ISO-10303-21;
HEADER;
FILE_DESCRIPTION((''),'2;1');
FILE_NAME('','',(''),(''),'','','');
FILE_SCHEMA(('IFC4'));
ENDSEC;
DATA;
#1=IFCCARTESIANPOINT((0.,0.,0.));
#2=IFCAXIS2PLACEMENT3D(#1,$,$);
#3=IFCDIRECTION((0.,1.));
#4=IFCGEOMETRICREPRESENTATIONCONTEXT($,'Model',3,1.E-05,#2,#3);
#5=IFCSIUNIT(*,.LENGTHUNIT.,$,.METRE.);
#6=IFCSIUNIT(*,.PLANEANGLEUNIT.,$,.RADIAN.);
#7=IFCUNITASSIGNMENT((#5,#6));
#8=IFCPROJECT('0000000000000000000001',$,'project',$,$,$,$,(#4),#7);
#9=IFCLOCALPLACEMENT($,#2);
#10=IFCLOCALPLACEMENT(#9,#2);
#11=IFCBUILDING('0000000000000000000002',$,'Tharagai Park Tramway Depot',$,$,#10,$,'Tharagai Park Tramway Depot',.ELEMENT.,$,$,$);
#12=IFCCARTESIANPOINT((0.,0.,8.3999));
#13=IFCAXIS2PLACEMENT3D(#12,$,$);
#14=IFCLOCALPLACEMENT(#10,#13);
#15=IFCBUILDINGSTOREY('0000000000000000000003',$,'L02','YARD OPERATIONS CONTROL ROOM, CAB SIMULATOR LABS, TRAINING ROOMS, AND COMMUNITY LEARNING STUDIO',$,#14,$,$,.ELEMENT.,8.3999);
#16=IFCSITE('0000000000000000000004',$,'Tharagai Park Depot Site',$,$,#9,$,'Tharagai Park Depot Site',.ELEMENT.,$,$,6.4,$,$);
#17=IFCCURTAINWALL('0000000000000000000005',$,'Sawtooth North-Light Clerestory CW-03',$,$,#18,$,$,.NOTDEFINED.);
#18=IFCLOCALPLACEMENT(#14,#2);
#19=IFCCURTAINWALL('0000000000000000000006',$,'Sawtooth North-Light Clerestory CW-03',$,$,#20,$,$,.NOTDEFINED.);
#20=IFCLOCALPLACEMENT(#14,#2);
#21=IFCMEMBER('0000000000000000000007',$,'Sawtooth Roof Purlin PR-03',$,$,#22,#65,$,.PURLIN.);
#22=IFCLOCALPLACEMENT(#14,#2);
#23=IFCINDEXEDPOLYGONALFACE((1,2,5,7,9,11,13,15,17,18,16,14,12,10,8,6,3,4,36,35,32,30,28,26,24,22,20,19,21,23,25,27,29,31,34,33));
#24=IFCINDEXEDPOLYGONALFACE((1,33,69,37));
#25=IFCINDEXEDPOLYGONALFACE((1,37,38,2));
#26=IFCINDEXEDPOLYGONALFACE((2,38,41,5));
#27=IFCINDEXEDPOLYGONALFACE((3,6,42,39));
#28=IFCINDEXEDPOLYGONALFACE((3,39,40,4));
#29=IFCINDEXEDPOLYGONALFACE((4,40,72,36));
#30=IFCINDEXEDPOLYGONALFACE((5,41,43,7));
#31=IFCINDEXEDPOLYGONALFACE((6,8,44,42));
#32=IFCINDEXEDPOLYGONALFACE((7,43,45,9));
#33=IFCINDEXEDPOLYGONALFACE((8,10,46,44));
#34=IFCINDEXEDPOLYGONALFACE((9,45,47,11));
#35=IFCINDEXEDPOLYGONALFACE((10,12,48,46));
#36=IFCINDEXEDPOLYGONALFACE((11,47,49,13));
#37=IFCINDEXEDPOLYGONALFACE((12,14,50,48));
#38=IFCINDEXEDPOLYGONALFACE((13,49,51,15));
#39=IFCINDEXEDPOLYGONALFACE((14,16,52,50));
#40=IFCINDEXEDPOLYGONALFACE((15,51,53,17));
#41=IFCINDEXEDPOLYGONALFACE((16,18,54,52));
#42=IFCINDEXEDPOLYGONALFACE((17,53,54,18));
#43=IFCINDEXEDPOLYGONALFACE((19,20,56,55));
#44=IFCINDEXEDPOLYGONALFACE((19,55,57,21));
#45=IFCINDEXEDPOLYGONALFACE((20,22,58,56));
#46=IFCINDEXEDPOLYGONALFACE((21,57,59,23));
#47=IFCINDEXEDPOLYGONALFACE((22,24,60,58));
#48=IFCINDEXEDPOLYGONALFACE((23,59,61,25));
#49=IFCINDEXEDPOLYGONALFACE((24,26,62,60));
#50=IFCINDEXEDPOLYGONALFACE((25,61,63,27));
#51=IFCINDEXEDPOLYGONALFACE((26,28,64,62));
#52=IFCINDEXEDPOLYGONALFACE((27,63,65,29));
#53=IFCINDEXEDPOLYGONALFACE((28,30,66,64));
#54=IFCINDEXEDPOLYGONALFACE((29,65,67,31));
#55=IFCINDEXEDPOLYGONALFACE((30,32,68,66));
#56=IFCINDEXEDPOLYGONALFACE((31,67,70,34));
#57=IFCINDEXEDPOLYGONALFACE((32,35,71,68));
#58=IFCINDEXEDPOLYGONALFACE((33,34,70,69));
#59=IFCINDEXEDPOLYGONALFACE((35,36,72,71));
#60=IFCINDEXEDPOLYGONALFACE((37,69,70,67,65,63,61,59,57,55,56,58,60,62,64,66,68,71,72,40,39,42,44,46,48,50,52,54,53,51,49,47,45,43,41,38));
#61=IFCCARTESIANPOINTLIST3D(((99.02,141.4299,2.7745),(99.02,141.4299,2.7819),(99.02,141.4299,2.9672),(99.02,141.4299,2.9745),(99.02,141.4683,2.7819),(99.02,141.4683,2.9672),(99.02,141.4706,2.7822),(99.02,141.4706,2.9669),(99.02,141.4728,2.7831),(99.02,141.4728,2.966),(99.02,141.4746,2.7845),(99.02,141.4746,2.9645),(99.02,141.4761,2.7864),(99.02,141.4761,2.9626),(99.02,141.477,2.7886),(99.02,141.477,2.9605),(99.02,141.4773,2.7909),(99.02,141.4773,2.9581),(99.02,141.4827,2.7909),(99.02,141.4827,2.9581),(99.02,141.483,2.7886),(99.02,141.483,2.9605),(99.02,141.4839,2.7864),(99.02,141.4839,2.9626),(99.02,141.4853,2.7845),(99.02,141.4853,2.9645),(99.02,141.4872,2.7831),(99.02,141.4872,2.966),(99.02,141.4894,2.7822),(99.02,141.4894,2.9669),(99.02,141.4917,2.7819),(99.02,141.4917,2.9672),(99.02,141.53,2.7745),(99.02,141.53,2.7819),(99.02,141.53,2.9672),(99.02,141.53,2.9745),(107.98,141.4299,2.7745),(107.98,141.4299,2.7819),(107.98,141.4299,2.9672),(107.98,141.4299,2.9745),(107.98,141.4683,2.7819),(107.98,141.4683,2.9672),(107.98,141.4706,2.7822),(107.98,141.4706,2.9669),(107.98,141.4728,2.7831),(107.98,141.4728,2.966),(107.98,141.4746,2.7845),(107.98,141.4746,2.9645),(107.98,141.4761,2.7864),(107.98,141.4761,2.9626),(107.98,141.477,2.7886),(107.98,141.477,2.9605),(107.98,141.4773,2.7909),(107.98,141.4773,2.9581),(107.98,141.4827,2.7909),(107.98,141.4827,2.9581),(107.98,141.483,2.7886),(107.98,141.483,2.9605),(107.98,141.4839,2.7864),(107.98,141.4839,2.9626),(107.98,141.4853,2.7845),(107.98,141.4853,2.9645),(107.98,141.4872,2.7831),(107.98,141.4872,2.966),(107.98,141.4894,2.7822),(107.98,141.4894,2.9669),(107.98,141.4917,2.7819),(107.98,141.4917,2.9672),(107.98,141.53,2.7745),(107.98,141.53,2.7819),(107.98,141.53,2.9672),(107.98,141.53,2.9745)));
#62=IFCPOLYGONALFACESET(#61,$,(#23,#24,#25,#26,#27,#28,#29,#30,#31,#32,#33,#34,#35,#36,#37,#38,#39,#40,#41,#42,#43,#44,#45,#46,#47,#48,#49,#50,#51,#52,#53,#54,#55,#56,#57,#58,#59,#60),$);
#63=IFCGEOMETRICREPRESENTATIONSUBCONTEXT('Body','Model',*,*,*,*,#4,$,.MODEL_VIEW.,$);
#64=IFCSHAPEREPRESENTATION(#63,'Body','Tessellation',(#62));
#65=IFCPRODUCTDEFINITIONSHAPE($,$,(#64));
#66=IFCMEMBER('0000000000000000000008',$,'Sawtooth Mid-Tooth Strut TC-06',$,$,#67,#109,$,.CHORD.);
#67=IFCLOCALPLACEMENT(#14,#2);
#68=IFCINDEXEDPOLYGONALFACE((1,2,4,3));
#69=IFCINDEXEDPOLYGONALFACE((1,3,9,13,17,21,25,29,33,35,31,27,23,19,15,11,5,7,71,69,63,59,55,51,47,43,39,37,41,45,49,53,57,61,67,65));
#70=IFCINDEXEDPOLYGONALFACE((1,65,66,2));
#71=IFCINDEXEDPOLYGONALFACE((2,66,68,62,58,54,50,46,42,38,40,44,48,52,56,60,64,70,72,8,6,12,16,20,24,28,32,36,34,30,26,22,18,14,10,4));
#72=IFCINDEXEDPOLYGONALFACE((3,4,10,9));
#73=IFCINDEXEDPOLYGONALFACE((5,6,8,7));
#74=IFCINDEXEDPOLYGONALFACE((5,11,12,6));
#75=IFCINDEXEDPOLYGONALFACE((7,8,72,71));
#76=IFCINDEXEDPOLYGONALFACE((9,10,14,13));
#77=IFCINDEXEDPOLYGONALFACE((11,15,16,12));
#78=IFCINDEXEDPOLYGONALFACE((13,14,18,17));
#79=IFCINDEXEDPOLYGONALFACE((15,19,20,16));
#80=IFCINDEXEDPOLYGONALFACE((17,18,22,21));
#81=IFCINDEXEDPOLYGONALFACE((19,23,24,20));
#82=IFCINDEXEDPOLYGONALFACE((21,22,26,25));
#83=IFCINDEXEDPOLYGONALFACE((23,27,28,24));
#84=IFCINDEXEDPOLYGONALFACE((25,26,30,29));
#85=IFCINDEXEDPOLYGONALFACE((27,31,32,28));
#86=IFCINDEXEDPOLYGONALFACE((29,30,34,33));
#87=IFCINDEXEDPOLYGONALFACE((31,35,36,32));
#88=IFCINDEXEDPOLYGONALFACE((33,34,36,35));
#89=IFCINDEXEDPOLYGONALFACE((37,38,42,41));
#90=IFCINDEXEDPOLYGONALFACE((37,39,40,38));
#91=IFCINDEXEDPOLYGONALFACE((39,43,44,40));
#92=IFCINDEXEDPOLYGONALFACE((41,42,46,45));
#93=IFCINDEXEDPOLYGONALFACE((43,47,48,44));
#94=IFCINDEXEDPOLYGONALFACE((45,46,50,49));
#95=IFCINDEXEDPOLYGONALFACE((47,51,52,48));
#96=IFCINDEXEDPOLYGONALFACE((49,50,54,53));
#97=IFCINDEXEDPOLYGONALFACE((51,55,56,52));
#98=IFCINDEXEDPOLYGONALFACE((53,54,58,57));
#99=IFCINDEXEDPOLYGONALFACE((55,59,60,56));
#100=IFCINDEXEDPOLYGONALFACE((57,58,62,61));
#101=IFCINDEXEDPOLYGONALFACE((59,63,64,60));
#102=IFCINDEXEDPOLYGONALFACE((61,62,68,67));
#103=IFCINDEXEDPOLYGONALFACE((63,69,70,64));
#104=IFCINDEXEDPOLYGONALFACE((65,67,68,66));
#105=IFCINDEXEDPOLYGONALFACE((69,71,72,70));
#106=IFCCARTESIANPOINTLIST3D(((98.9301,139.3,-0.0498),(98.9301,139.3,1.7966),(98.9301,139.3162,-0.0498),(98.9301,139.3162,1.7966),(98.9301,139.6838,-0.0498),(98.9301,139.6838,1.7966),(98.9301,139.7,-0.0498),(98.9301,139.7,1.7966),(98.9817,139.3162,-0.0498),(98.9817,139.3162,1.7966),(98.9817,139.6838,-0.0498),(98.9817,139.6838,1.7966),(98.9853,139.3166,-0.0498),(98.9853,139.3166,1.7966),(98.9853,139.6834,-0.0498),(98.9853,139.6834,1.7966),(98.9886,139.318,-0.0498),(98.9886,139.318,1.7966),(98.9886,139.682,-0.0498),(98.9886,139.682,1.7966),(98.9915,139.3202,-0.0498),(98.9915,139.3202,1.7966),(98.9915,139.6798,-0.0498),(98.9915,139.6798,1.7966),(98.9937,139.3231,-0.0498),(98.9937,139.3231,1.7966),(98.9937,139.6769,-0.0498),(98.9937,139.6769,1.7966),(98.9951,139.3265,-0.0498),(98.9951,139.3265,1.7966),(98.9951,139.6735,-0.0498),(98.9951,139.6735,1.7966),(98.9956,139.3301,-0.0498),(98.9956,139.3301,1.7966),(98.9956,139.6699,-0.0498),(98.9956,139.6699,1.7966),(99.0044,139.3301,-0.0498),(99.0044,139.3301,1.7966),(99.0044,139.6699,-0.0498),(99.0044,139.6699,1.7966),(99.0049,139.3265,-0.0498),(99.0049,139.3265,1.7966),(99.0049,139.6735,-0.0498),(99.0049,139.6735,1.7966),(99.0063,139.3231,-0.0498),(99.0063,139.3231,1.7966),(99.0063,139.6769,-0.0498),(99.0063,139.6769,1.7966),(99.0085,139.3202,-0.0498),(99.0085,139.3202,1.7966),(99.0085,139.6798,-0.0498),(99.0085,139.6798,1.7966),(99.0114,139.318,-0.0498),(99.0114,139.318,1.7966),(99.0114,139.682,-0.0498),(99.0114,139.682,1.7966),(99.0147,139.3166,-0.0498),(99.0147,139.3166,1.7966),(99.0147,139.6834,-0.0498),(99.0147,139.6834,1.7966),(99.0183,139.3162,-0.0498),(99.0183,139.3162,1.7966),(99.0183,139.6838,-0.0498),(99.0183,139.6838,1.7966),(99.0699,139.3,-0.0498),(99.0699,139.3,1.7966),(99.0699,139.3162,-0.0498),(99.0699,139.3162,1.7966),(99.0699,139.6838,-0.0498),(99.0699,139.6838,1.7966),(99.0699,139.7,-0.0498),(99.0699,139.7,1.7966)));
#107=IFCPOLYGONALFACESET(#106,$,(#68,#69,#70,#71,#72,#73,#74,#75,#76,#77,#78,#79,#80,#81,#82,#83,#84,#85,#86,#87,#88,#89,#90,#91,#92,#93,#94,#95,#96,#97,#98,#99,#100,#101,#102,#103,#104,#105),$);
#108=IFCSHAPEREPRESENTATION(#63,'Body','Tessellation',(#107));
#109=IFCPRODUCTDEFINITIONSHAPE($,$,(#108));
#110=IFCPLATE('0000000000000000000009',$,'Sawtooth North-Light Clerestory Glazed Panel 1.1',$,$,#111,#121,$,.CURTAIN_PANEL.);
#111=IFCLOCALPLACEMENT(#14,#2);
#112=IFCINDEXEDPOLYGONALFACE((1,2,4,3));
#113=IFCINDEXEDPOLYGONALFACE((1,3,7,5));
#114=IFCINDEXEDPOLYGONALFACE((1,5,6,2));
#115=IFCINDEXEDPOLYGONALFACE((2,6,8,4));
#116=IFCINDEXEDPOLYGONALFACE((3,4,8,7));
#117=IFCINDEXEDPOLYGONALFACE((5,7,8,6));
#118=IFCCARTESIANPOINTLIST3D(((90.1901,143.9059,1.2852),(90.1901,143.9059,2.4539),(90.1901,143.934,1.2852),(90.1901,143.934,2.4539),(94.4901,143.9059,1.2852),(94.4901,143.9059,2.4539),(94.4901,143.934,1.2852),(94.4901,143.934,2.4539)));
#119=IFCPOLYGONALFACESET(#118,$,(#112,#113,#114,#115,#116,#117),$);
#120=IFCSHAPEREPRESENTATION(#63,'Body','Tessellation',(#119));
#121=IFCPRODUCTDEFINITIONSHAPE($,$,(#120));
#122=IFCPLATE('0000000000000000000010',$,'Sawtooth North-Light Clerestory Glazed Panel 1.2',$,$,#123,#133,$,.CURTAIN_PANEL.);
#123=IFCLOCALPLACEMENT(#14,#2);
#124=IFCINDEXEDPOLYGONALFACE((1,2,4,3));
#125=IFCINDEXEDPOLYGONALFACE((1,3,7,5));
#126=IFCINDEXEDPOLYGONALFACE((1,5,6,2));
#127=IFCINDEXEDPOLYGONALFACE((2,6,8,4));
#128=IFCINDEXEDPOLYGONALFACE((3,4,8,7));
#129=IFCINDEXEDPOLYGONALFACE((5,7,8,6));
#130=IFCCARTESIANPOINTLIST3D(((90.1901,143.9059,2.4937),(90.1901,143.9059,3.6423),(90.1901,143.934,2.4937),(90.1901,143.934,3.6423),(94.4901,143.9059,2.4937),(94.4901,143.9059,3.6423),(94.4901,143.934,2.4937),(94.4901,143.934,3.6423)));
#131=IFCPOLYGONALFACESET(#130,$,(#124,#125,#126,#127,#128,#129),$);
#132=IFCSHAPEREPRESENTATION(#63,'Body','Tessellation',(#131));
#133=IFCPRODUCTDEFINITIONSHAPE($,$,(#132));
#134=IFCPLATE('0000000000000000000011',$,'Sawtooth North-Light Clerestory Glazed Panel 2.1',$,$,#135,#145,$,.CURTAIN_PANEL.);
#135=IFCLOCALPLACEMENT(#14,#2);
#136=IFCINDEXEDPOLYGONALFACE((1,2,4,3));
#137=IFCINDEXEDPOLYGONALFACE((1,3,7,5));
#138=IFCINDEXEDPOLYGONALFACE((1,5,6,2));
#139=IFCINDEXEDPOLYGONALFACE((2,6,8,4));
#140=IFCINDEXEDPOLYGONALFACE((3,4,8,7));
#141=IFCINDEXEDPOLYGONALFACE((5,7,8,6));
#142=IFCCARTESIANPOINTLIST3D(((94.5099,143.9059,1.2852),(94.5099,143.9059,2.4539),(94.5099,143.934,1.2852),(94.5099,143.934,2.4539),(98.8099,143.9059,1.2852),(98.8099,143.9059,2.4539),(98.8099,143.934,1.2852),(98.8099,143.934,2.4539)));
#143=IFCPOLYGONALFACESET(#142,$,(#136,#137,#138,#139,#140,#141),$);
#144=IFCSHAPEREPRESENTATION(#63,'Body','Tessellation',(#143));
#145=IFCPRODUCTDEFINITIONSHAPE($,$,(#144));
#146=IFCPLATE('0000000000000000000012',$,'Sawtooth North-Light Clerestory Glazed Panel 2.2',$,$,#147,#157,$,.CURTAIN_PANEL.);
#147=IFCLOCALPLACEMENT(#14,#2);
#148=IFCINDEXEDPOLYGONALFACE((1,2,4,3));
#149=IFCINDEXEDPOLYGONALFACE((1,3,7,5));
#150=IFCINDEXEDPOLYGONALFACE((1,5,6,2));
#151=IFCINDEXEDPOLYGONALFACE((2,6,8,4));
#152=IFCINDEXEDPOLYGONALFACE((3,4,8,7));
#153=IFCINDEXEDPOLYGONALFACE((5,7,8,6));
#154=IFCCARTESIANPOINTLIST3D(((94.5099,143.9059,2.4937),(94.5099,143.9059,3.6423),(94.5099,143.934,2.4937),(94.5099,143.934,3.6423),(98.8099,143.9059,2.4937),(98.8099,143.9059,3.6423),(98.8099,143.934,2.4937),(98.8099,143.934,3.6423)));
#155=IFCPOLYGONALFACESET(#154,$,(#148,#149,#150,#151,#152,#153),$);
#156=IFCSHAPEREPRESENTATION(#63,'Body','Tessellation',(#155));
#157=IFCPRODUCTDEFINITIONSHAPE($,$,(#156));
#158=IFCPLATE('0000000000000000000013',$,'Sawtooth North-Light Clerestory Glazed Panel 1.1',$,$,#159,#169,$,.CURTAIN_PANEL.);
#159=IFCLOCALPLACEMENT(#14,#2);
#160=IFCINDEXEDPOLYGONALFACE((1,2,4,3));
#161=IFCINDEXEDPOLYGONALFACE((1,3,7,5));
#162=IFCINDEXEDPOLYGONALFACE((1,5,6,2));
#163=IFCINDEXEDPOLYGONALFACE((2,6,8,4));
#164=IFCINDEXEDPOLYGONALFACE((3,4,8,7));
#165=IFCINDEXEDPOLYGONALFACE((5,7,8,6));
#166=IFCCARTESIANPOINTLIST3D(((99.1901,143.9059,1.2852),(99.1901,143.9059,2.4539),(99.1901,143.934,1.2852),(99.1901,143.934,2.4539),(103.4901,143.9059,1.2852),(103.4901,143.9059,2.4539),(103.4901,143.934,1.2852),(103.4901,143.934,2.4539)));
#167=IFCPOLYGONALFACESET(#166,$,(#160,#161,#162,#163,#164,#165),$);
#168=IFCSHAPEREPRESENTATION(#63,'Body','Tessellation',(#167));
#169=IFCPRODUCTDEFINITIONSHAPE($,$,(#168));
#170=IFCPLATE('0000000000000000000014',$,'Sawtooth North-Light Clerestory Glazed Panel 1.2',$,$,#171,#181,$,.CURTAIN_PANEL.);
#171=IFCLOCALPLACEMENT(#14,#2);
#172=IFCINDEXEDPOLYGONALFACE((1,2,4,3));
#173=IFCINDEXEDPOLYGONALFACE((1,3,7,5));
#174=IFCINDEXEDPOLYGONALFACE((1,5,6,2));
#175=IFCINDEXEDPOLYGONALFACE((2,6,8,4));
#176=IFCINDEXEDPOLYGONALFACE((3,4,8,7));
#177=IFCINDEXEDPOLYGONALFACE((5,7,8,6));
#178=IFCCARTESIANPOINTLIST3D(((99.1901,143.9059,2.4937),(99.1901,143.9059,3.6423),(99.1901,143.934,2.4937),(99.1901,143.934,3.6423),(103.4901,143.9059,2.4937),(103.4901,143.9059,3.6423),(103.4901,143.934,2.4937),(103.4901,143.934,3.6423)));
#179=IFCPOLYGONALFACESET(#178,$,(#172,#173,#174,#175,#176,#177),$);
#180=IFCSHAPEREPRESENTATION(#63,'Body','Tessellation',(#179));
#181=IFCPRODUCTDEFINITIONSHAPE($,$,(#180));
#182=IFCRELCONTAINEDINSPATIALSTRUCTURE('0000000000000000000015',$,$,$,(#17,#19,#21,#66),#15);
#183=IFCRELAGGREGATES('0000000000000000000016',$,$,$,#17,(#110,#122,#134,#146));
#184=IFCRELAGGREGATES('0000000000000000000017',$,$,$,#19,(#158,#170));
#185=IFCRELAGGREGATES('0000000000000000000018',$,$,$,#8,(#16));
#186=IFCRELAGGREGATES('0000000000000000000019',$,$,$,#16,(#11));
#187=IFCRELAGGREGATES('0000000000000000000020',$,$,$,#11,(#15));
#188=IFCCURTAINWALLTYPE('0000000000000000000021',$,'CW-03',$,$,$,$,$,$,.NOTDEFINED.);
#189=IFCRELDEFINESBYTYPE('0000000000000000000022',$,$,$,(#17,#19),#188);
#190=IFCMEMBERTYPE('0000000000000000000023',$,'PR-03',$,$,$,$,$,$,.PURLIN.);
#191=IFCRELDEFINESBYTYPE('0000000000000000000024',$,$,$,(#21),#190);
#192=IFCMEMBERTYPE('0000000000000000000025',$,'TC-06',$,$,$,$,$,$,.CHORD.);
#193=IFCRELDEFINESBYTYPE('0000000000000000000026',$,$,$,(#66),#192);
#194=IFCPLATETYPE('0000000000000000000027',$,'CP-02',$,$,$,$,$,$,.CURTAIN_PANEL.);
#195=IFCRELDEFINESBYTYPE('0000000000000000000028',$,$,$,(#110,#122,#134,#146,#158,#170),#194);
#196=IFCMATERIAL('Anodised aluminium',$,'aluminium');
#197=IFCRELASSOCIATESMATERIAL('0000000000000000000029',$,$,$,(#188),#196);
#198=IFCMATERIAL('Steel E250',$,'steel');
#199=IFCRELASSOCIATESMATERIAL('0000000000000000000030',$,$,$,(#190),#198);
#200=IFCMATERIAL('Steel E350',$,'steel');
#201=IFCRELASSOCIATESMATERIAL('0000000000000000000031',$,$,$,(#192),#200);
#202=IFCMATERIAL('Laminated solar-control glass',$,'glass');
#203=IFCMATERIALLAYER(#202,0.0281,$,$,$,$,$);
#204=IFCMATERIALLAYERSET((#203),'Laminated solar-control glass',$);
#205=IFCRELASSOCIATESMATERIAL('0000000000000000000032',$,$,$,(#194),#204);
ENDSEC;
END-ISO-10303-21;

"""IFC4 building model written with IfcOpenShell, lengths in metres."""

from ifc_helpers import new_model, si_unit, direction, frame, origin, origin_2d, place, context, subcontext, project, spatial, rectangle, i_section, extrude, material, layer, layer_set, material_profile, profile_set, type_object, element, aggregate, save


model = new_model("IFC4")

# Units and contexts
model_context = context("Model", 3, precision=1e-05, world=origin(), true_north=direction((0.0, 1.0)))
body_context = subcontext(model_context, "Body", "Model", "MODEL_VIEW")
ifc_project = project(units=[si_unit("LENGTHUNIT", "METRE"), si_unit("PLANEANGLEUNIT", "RADIAN")], contexts=[model_context])

# Site, building, storey
site_placement = place(None, origin())
site = spatial("IfcSite", under=ifc_project, at=site_placement, Name="Tharagai Park Depot Site", LongName="Tharagai Park Depot Site", CompositionType="ELEMENT", RefElevation=6.4)
building_placement = place(site_placement, origin())
building = spatial("IfcBuilding", under=site, at=building_placement, Name="Tharagai Park Tramway Depot", LongName="Tharagai Park Tramway Depot", CompositionType="ELEMENT")
storey_placement = place(building_placement, frame((0.0, 0.0, 8.3999)))
storey = spatial("IfcBuildingStorey", under=building, at=storey_placement, Name="L02", Description="YARD OPERATIONS CONTROL ROOM, CAB SIMULATOR LABS, TRAINING ROOMS, AND COMMUNITY LEARNING STUDIO", CompositionType="ELEMENT", Elevation=8.3999)

# Shared definitions
ifc_material_1 = material(Name="Steel E350", Category="steel")

# Curtain walls
ifc_material_2 = material(Name="Anodised aluminium", Category="aluminium")
curtain_wall_type = type_object("IfcCurtainWallType", Name="CW-03", PredefinedType="NOTDEFINED", material=ifc_material_2)
curtain_wall_1_placement = place(storey_placement, origin())
curtain_wall_1 = element("IfcCurtainWall", 1, at=curtain_wall_1_placement, inside=storey, type_object=curtain_wall_type, Name="Sawtooth North-Light Clerestory CW-03", PredefinedType="NOTDEFINED")
curtain_wall_2_placement = place(storey_placement, origin())
curtain_wall_2 = element("IfcCurtainWall", 2, at=curtain_wall_2_placement, inside=storey, type_object=curtain_wall_type, Name="Sawtooth North-Light Clerestory CW-03", PredefinedType="NOTDEFINED")

# Members
ifc_material_3 = material(Name="Steel E250", Category="steel")
ifc_material_profile_1 = material_profile(ifc_material_3, i_section(OverallWidth=0.1001, OverallDepth=0.2, WebThickness=0.0054, FlangeThickness=0.0073, FilletRadius=0.009, at=origin_2d()), Name="ISLB 200")
ifc_profile_set_1 = profile_set([ifc_material_profile_1], Name="Steel E250")
member_type_1 = type_object("IfcMemberType", Name="PR-03", PredefinedType="PURLIN", material=ifc_profile_set_1)
for number, where, z_axis, x_axis, name in (
    (3, (99.02, 141.48, 2.8745), (1.0, 0.0, 0.0), (0.0, 1.0, 0.0), "Sawtooth Roof Purlin PR-03"),
):
    element("IfcMember", number, at=place(storey_placement, frame(where, z_axis=z_axis, x_axis=x_axis)), inside=storey, type_object=member_type_1, Name=name, PredefinedType="PURLIN", context=body_context, shape_type="SweptSolid", body=[
        extrude(i_section(OverallWidth=0.1001, OverallDepth=0.2, WebThickness=0.0054, FlangeThickness=0.0073, FilletRadius=0.009, at=origin_2d()), origin(), (0.0, 0.0, 1.0), 8.96),
    ])
ifc_material_profile_2 = material_profile(ifc_material_1, i_section(OverallWidth=0.1399, OverallDepth=0.3999, WebThickness=0.0088, FlangeThickness=0.0161, FilletRadius=0.0139, at=origin_2d()), Name="ISMB 400")
ifc_profile_set_2 = profile_set([ifc_material_profile_2], Name="Steel E350")
member_type_2 = type_object("IfcMemberType", Name="TC-06", PredefinedType="CHORD", material=ifc_profile_set_2)
member_1_placement = place(storey_placement, frame((99.0, 139.5, -0.0498), z_axis=(0.0, 0.0, 1.0), x_axis=(1.0, 0.0, 0.0)))
element("IfcMember", 4, at=member_1_placement, inside=storey, type_object=member_type_2, Name="Sawtooth Mid-Tooth Strut TC-06", PredefinedType="CHORD", context=body_context, shape_type="SweptSolid", body=[
    extrude(i_section(OverallWidth=0.1399, OverallDepth=0.3999, WebThickness=0.0088, FlangeThickness=0.0161, FilletRadius=0.0139, at=origin_2d()), origin(), (0.0, 0.0, 1.0), 1.8464),
])

# Plates
ifc_material_4 = material(Name="Laminated solar-control glass", Category="glass")
ifc_layer = layer(ifc_material_4, 0.0281)
ifc_layer_set = layer_set([ifc_layer], Name="Laminated solar-control glass")
plate_type = type_object("IfcPlateType", Name="CP-02", PredefinedType="CURTAIN_PANEL", material=ifc_layer_set)
plate_1_placement = place(storey_placement, frame((92.3401, 143.9199, 1.2852), z_axis=(0.0, 0.0, 1.0), x_axis=(1.0, 0.0, 0.0)))
plate_1 = element("IfcPlate", 5, at=plate_1_placement, type_object=plate_type, Name="Sawtooth North-Light Clerestory Glazed Panel 1.1", PredefinedType="CURTAIN_PANEL", context=body_context, shape_type="SweptSolid", body=[
    extrude(rectangle(XDim=4.3, YDim=0.0281, at=origin_2d()), origin(), (0.0, 0.0, 1.0), 1.1687),
])
plate_2_placement = place(storey_placement, frame((92.3401, 143.9199, 2.4937), z_axis=(0.0, 0.0, 1.0), x_axis=(1.0, 0.0, 0.0)))
plate_2 = element("IfcPlate", 6, at=plate_2_placement, type_object=plate_type, Name="Sawtooth North-Light Clerestory Glazed Panel 1.2", PredefinedType="CURTAIN_PANEL", context=body_context, shape_type="SweptSolid", body=[
    extrude(rectangle(XDim=4.3, YDim=0.0281, at=origin_2d()), origin(), (0.0, 0.0, 1.0), 1.1487),
])
plate_3_placement = place(storey_placement, frame((96.6599, 143.9199, 1.2852), z_axis=(0.0, 0.0, 1.0), x_axis=(1.0, 0.0, 0.0)))
plate_3 = element("IfcPlate", 7, at=plate_3_placement, type_object=plate_type, Name="Sawtooth North-Light Clerestory Glazed Panel 2.1", PredefinedType="CURTAIN_PANEL", context=body_context, shape_type="SweptSolid", body=[
    extrude(rectangle(XDim=4.3, YDim=0.0281, at=origin_2d()), origin(), (0.0, 0.0, 1.0), 1.1687),
])
plate_4_placement = place(storey_placement, frame((96.6599, 143.9199, 2.4937), z_axis=(0.0, 0.0, 1.0), x_axis=(1.0, 0.0, 0.0)))
plate_4 = element("IfcPlate", 8, at=plate_4_placement, type_object=plate_type, Name="Sawtooth North-Light Clerestory Glazed Panel 2.2", PredefinedType="CURTAIN_PANEL", context=body_context, shape_type="SweptSolid", body=[
    extrude(rectangle(XDim=4.3, YDim=0.0281, at=origin_2d()), origin(), (0.0, 0.0, 1.0), 1.1487),
])
aggregate(curtain_wall_1, [plate_1, plate_2, plate_3, plate_4])
plate_5_placement = place(storey_placement, frame((101.3401, 143.9199, 1.2852), z_axis=(0.0, 0.0, 1.0), x_axis=(1.0, 0.0, 0.0)))
plate_5 = element("IfcPlate", 9, at=plate_5_placement, type_object=plate_type, Name="Sawtooth North-Light Clerestory Glazed Panel 1.1", PredefinedType="CURTAIN_PANEL", context=body_context, shape_type="SweptSolid", body=[
    extrude(rectangle(XDim=4.3, YDim=0.0281, at=origin_2d()), origin(), (0.0, 0.0, 1.0), 1.1687),
])
plate_6_placement = place(storey_placement, frame((101.3401, 143.9199, 2.4937), z_axis=(0.0, 0.0, 1.0), x_axis=(1.0, 0.0, 0.0)))
plate_6 = element("IfcPlate", 10, at=plate_6_placement, type_object=plate_type, Name="Sawtooth North-Light Clerestory Glazed Panel 1.2", PredefinedType="CURTAIN_PANEL", context=body_context, shape_type="SweptSolid", body=[
    extrude(rectangle(XDim=4.3, YDim=0.0281, at=origin_2d()), origin(), (0.0, 0.0, 1.0), 1.1487),
])
aggregate(curtain_wall_2, [plate_5, plate_6])

save(model, "model.ifc")
